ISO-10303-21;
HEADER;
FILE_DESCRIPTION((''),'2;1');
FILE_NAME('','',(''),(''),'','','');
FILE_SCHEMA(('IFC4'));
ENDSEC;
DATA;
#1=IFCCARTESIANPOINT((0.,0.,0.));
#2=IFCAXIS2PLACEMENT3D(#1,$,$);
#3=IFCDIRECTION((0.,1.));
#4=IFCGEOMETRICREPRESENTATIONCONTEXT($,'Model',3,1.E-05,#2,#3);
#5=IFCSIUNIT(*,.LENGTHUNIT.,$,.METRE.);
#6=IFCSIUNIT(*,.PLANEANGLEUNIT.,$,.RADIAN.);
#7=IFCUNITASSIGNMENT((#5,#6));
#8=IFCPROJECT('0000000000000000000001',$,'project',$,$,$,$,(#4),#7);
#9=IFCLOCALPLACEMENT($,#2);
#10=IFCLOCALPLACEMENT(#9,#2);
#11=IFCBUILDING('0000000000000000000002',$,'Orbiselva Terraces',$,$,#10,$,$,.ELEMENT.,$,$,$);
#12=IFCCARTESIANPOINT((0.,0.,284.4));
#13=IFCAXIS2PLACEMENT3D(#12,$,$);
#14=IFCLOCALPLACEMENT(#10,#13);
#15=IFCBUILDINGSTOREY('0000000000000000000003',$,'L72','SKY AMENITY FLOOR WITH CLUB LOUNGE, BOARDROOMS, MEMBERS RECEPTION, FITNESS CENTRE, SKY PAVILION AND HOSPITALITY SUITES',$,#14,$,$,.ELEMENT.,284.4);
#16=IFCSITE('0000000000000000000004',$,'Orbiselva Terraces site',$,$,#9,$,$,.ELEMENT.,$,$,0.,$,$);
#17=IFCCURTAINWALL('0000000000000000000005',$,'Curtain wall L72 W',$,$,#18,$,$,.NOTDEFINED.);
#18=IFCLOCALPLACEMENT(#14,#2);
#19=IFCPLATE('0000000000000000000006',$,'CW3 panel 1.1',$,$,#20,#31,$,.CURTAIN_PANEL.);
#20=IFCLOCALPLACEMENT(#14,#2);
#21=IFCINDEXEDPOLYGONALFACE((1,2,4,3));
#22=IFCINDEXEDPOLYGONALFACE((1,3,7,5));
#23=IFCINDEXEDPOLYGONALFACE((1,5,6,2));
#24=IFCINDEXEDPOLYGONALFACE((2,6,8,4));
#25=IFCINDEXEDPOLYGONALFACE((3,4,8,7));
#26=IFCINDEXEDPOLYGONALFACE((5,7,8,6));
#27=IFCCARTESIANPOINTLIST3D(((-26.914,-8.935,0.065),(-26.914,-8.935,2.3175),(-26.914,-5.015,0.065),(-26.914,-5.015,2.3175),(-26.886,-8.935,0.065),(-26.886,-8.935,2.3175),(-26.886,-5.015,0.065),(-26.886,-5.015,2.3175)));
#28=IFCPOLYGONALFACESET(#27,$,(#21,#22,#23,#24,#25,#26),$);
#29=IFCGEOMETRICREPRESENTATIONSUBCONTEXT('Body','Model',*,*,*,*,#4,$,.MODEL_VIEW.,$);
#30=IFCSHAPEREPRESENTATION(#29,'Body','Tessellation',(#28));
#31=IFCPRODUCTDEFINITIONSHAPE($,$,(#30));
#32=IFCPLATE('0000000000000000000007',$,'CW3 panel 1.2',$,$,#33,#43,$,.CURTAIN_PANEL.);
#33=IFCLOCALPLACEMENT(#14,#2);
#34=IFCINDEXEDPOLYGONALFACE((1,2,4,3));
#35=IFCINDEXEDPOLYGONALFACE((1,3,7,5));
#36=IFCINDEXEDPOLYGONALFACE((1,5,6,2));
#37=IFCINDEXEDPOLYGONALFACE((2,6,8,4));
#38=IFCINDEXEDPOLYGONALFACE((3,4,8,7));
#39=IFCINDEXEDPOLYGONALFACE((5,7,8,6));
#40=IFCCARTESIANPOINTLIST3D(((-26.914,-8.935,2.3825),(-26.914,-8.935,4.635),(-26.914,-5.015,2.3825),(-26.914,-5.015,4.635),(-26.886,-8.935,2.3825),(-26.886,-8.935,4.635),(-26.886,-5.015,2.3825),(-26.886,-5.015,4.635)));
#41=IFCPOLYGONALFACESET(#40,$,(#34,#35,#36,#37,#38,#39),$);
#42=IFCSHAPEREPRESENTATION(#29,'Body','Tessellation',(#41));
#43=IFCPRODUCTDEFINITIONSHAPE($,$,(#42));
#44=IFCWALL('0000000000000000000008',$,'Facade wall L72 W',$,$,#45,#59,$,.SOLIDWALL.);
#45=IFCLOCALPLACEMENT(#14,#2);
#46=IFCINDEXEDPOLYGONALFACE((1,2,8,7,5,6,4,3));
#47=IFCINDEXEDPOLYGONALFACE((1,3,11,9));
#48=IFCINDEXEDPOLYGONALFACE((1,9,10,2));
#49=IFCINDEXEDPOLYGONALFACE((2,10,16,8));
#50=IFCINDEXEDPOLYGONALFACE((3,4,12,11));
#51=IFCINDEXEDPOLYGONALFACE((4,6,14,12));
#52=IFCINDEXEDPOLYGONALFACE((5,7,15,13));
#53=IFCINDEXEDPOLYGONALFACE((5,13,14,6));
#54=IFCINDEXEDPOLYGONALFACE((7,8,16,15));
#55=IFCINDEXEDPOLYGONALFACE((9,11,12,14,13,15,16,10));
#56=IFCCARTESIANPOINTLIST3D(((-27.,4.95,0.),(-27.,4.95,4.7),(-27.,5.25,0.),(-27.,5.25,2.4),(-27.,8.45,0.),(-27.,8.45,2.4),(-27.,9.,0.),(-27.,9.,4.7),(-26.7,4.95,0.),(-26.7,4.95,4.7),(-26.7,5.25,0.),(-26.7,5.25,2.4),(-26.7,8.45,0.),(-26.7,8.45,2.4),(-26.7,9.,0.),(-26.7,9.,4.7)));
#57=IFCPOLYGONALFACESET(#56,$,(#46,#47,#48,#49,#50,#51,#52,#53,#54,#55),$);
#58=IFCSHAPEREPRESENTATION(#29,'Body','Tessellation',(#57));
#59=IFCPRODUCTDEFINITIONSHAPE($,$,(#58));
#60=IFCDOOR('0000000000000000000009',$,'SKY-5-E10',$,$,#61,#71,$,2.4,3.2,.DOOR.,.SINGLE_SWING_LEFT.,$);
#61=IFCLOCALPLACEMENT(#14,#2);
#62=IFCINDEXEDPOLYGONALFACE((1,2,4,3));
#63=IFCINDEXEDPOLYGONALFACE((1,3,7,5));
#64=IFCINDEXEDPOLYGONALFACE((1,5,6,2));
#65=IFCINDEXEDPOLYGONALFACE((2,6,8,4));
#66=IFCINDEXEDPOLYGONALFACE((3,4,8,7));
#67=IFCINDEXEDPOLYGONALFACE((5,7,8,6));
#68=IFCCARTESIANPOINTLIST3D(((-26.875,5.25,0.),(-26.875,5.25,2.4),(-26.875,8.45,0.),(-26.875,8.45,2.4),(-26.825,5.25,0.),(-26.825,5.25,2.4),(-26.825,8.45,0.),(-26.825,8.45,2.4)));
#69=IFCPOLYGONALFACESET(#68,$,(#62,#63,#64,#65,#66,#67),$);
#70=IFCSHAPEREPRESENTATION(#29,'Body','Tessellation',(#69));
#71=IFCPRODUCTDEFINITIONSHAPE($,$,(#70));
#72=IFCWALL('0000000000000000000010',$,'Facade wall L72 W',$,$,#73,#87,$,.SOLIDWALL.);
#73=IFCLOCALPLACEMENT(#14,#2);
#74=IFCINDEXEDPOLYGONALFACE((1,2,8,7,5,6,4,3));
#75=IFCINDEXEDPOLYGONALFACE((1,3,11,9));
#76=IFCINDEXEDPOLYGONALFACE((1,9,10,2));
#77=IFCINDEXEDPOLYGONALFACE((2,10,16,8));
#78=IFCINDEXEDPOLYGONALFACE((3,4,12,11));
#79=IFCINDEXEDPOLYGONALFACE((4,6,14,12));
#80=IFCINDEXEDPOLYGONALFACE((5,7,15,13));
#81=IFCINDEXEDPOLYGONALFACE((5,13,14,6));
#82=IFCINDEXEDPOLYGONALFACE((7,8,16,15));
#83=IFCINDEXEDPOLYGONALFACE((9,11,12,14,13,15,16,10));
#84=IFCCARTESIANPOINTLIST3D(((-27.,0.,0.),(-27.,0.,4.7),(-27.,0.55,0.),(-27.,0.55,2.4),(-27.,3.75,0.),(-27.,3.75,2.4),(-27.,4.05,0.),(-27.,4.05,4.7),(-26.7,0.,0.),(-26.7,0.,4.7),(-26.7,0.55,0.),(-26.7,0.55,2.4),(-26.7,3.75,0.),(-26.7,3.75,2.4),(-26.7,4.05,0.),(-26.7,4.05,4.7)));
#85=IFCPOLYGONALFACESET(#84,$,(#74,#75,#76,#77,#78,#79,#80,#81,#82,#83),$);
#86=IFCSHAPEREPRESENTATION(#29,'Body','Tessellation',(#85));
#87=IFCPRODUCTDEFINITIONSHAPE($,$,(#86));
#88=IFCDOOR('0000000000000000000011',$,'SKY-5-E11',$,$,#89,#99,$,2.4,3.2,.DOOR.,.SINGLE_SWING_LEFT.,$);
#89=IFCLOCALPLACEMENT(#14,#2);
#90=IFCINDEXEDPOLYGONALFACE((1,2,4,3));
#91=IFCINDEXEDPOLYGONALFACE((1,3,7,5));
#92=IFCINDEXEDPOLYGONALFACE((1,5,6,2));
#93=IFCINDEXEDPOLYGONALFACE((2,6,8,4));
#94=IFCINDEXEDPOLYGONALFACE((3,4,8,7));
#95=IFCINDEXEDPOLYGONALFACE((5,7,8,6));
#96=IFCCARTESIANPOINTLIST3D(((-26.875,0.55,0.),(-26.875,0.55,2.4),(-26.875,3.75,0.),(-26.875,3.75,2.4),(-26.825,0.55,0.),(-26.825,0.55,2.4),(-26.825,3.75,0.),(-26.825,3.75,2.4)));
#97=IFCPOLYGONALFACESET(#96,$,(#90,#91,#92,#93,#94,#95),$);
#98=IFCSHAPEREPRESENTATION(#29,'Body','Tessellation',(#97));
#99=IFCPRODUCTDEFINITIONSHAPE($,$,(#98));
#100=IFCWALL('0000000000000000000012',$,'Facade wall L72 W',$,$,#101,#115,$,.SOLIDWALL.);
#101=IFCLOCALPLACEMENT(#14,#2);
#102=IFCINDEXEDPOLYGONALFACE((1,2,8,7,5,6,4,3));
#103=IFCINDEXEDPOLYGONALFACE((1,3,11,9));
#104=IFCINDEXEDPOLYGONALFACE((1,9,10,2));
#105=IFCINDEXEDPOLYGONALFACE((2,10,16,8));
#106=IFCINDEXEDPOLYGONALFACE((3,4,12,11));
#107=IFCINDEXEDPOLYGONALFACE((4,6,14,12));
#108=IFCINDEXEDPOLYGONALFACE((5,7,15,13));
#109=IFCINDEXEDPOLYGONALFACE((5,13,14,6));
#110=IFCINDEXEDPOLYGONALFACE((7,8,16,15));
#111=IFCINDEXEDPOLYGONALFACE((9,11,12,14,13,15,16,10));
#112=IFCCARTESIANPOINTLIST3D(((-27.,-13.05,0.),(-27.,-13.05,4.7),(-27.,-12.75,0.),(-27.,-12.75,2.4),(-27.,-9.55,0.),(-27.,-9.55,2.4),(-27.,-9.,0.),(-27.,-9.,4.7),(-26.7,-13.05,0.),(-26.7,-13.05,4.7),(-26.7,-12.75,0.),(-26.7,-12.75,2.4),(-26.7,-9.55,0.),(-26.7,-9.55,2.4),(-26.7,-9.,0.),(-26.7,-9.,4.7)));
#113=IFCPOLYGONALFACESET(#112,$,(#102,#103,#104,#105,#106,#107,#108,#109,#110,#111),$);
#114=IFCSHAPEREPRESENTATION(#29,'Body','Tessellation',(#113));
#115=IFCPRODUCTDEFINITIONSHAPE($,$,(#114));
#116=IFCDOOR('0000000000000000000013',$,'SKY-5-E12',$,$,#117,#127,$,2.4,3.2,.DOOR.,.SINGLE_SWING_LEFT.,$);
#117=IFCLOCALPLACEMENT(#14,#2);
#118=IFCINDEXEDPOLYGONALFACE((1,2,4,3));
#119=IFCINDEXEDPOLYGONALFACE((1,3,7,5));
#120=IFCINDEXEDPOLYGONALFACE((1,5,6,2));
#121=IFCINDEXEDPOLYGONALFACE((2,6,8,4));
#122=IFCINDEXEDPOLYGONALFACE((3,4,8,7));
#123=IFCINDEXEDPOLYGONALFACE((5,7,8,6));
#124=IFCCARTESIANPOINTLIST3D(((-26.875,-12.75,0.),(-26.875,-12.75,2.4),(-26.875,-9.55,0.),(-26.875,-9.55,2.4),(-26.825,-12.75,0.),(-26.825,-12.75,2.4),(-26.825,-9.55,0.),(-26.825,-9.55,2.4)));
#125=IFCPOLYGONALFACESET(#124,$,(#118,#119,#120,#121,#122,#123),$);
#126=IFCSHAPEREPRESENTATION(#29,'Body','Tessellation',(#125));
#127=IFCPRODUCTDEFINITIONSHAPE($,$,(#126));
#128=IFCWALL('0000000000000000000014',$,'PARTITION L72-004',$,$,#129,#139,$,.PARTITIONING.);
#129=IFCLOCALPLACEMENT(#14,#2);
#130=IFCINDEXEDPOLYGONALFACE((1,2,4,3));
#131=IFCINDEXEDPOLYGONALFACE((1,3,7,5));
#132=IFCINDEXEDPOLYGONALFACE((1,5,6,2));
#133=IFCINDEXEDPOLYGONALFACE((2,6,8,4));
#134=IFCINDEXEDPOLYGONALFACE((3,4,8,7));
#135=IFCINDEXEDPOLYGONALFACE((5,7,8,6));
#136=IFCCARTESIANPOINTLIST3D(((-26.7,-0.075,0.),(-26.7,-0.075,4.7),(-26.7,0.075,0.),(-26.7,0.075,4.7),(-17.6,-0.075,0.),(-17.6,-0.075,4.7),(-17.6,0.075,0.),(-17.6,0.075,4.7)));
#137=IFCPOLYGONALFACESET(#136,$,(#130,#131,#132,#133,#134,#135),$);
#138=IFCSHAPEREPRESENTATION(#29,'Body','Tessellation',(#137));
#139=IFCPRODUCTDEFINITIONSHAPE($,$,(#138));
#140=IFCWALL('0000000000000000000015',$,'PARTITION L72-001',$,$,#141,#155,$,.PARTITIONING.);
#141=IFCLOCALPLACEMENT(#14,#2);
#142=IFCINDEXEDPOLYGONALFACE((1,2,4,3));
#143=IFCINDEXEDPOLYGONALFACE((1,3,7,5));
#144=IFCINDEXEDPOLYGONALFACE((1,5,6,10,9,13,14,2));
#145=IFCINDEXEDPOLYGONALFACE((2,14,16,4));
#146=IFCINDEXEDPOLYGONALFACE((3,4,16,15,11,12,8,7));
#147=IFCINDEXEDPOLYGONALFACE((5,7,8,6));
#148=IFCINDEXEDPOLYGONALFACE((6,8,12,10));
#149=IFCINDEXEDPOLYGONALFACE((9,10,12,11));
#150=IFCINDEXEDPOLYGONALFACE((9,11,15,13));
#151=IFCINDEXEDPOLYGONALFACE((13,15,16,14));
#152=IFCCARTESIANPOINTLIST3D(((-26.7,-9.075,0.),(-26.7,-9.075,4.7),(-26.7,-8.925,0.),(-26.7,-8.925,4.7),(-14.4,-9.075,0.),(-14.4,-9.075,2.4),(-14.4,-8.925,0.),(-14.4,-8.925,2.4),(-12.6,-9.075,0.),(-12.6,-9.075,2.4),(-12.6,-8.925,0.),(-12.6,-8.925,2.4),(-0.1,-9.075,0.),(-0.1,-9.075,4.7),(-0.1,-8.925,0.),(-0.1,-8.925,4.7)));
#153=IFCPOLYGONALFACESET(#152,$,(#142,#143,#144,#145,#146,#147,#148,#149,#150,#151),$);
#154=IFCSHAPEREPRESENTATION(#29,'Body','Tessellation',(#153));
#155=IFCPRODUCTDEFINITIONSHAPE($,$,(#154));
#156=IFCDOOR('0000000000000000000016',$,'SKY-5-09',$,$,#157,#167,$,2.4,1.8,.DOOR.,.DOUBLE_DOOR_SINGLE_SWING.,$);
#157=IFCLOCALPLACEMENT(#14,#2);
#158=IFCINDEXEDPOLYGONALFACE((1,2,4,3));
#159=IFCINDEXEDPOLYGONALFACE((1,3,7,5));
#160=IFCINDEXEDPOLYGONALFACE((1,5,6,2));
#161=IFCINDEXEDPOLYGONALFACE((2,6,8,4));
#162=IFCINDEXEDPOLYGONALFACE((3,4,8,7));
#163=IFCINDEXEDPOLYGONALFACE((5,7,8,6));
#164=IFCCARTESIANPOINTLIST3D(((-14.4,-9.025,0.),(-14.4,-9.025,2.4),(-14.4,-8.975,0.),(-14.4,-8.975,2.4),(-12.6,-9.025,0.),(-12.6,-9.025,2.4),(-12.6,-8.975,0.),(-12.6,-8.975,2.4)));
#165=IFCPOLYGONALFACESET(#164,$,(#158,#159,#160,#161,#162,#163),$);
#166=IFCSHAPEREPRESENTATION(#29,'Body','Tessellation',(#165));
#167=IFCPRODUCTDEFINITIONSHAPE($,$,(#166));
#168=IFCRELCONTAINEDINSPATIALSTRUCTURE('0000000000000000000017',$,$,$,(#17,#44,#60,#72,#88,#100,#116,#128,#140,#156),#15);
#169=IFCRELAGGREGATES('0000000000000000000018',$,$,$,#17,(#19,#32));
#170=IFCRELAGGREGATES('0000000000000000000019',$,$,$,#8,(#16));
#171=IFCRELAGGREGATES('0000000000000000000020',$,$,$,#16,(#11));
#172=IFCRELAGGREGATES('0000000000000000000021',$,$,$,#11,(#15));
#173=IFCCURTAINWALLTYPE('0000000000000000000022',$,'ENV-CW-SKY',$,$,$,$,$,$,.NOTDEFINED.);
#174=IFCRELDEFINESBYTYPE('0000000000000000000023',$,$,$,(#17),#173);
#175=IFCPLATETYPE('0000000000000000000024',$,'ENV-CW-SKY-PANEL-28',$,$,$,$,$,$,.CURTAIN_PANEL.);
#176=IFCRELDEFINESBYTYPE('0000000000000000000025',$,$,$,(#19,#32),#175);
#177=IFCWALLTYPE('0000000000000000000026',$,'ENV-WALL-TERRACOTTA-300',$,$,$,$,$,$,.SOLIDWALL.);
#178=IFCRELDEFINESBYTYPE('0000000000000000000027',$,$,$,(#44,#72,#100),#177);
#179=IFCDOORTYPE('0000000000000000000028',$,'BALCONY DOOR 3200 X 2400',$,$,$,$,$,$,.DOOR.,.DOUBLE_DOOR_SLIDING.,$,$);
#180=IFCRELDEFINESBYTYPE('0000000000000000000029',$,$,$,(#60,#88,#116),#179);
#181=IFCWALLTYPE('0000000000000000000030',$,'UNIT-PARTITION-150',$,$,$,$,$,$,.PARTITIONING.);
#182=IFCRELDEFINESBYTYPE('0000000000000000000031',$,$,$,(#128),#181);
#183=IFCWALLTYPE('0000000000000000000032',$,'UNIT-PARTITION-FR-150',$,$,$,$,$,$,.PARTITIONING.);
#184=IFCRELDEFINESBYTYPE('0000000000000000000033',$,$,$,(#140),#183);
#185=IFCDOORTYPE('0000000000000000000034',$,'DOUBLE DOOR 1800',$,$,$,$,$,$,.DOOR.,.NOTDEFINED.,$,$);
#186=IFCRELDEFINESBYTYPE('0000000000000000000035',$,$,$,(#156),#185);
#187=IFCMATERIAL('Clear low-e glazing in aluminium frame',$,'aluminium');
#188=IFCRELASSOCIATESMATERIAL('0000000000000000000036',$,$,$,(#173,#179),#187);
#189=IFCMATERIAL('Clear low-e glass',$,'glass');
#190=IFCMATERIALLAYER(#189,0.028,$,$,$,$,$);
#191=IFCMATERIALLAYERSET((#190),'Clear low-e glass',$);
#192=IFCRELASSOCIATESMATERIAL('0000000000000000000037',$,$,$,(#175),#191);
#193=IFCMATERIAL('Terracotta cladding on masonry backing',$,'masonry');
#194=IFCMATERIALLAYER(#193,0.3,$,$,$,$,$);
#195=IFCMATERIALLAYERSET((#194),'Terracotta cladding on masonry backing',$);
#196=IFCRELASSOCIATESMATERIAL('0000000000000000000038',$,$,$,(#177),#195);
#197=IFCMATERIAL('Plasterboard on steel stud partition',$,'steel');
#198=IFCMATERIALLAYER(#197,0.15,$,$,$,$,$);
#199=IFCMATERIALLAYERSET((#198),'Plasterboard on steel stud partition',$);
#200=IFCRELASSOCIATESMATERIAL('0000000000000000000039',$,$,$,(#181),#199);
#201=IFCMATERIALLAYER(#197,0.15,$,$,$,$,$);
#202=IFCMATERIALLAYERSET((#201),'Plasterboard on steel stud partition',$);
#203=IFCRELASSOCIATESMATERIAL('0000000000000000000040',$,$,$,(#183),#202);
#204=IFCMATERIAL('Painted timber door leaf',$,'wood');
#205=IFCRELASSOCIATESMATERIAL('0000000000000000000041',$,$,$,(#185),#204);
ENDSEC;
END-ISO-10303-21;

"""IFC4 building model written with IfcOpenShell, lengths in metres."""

from ifc_helpers import new_model, si_unit, direction, frame, frame_2d, origin, origin_2d, place, context, subcontext, project, spatial, rectangle, extrude, material, layer, layer_set, type_object, element, fill, aggregate, save


model = new_model("IFC4")

# Units and contexts
model_context = context("Model", 3, precision=1e-05, world=origin(), true_north=direction((0.0, 1.0)))
body_context = subcontext(model_context, "Body", "Model", "MODEL_VIEW")
ifc_project = project(units=[si_unit("LENGTHUNIT", "METRE"), si_unit("PLANEANGLEUNIT", "RADIAN")], contexts=[model_context])

# Site, building, storey
site_placement = place(None, origin())
site = spatial("IfcSite", under=ifc_project, at=site_placement, Name="Orbiselva Terraces site", CompositionType="ELEMENT", RefElevation=0.0)
building_placement = place(site_placement, origin())
building = spatial("IfcBuilding", under=site, at=building_placement, Name="Orbiselva Terraces", CompositionType="ELEMENT")
storey_placement = place(building_placement, frame((0.0, 0.0, 284.4)))
storey = spatial("IfcBuildingStorey", under=building, at=storey_placement, Name="L72", Description="SKY AMENITY FLOOR WITH CLUB LOUNGE, BOARDROOMS, MEMBERS RECEPTION, FITNESS CENTRE, SKY PAVILION AND HOSPITALITY SUITES", CompositionType="ELEMENT", Elevation=284.4)

# Curtain wall
ifc_material_1 = material(Name="Clear low-e glazing in aluminium frame", Category="aluminium")
curtain_wall_type = type_object("IfcCurtainWallType", Name="ENV-CW-SKY", PredefinedType="NOTDEFINED", material=ifc_material_1)
curtain_wall_1_placement = place(storey_placement, origin())
curtain_wall_1 = element("IfcCurtainWall", 1, at=curtain_wall_1_placement, inside=storey, type_object=curtain_wall_type, Name="Curtain wall L72 W", PredefinedType="NOTDEFINED")

# Plates
ifc_material_2 = material(Name="Clear low-e glass", Category="glass")
ifc_layer_1 = layer(ifc_material_2, 0.028)
ifc_layer_set_1 = layer_set([ifc_layer_1], Name="Clear low-e glass")
plate_type = type_object("IfcPlateType", Name="ENV-CW-SKY-PANEL-28", PredefinedType="CURTAIN_PANEL", material=ifc_layer_set_1)
plate_1_placement = place(storey_placement, frame((-26.9, -6.975, 0.065), z_axis=(0.0, 0.0, 1.0), x_axis=(0.0, -1.0, 0.0)))
plate_1 = element("IfcPlate", 2, at=plate_1_placement, type_object=plate_type, Name="CW3 panel 1.1", PredefinedType="CURTAIN_PANEL", context=body_context, shape_type="SweptSolid", body=[
    extrude(rectangle(XDim=3.92, YDim=0.028, at=origin_2d()), origin(), (0.0, 0.0, 1.0), 2.2525),
])
plate_2_placement = place(storey_placement, frame((-26.9, -6.975, 2.3825), z_axis=(0.0, 0.0, 1.0), x_axis=(0.0, -1.0, 0.0)))
plate_2 = element("IfcPlate", 3, at=plate_2_placement, type_object=plate_type, Name="CW3 panel 1.2", PredefinedType="CURTAIN_PANEL", context=body_context, shape_type="SweptSolid", body=[
    extrude(rectangle(XDim=3.92, YDim=0.028, at=origin_2d()), origin(), (0.0, 0.0, 1.0), 2.2525),
])
aggregate(curtain_wall_1, [plate_1, plate_2])

# Walls, openings, doors
ifc_material_3 = material(Name="Terracotta cladding on masonry backing", Category="masonry")
ifc_layer_2 = layer(ifc_material_3, 0.3)
ifc_layer_set_2 = layer_set([ifc_layer_2], Name="Terracotta cladding on masonry backing")
wall_type_1 = type_object("IfcWallType", Name="ENV-WALL-TERRACOTTA-300", PredefinedType="SOLIDWALL", material=ifc_layer_set_2)
wall_1_placement = place(storey_placement, frame((-26.85, 4.95, 0.0), z_axis=(0.0, 0.0, 1.0), x_axis=(0.0, 1.0, 0.0)))
wall_1 = element("IfcWall", 4, at=wall_1_placement, inside=storey, type_object=wall_type_1, Name="Facade wall L72 W", PredefinedType="SOLIDWALL", context=body_context, shape_type="SweptSolid", body=[
    extrude(rectangle(XDim=4.05, YDim=0.3, at=frame_2d((2.025, 0.0))), origin(), (0.0, 0.0, 1.0), 4.7),
])
opening_1_placement = place(wall_1_placement, frame((0.3, 0.0, 0.0)))
opening_1 = element("IfcOpeningElement", 5, at=opening_1_placement, cuts=wall_1, PredefinedType="OPENING", context=body_context, shape_type="SweptSolid", body=[
    extrude(rectangle(XDim=3.2, YDim=2.4, at=frame_2d((1.6, 1.2))), frame((0.0, 0.16, 0.0), z_axis=(0.0, -1.0, 0.0), x_axis=(1.0, 0.0, 0.0)), (0.0, 0.0, 1.0), 0.32),
])
door_type_1 = type_object("IfcDoorType", Name="BALCONY DOOR 3200 X 2400", OperationType="DOUBLE_DOOR_SLIDING", PredefinedType="DOOR", material=ifc_material_1)
door_1_placement = place(opening_1_placement, origin())
door_1 = element("IfcDoor", 6, at=door_1_placement, inside=storey, type_object=door_type_1, Name="SKY-5-E10", OperationType="SINGLE_SWING_LEFT", OverallHeight=2.4, OverallWidth=3.2, PredefinedType="DOOR", context=body_context, shape_type="SweptSolid", body=[
    extrude(rectangle(XDim=3.2, YDim=2.4, at=frame_2d((1.6, 1.2))), frame((0.0, 0.025, 0.0), z_axis=(0.0, -1.0, 0.0), x_axis=(1.0, 0.0, 0.0)), (0.0, 0.0, 1.0), 0.05),
])
fill(opening_1, door_1)
wall_2_placement = place(storey_placement, frame((-26.85, 0.0, 0.0), z_axis=(0.0, 0.0, 1.0), x_axis=(0.0, 1.0, 0.0)))
wall_2 = element("IfcWall", 7, at=wall_2_placement, inside=storey, type_object=wall_type_1, Name="Facade wall L72 W", PredefinedType="SOLIDWALL", context=body_context, shape_type="SweptSolid", body=[
    extrude(rectangle(XDim=4.05, YDim=0.3, at=frame_2d((2.025, 0.0))), origin(), (0.0, 0.0, 1.0), 4.7),
])
opening_2_placement = place(wall_2_placement, frame((0.55, 0.0, 0.0)))
opening_2 = element("IfcOpeningElement", 8, at=opening_2_placement, cuts=wall_2, PredefinedType="OPENING", context=body_context, shape_type="SweptSolid", body=[
    extrude(rectangle(XDim=3.2, YDim=2.4, at=frame_2d((1.6, 1.2))), frame((0.0, 0.16, 0.0), z_axis=(0.0, -1.0, 0.0), x_axis=(1.0, 0.0, 0.0)), (0.0, 0.0, 1.0), 0.32),
])
door_2_placement = place(opening_2_placement, origin())
door_2 = element("IfcDoor", 9, at=door_2_placement, inside=storey, type_object=door_type_1, Name="SKY-5-E11", OperationType="SINGLE_SWING_LEFT", OverallHeight=2.4, OverallWidth=3.2, PredefinedType="DOOR", context=body_context, shape_type="SweptSolid", body=[
    extrude(rectangle(XDim=3.2, YDim=2.4, at=frame_2d((1.6, 1.2))), frame((0.0, 0.025, 0.0), z_axis=(0.0, -1.0, 0.0), x_axis=(1.0, 0.0, 0.0)), (0.0, 0.0, 1.0), 0.05),
])
fill(opening_2, door_2)
wall_3_placement = place(storey_placement, frame((-26.85, -13.05, 0.0), z_axis=(0.0, 0.0, 1.0), x_axis=(0.0, 1.0, 0.0)))
wall_3 = element("IfcWall", 10, at=wall_3_placement, inside=storey, type_object=wall_type_1, Name="Facade wall L72 W", PredefinedType="SOLIDWALL", context=body_context, shape_type="SweptSolid", body=[
    extrude(rectangle(XDim=4.05, YDim=0.3, at=frame_2d((2.025, 0.0))), origin(), (0.0, 0.0, 1.0), 4.7),
])
opening_3_placement = place(wall_3_placement, frame((0.3, 0.0, 0.0)))
opening_3 = element("IfcOpeningElement", 11, at=opening_3_placement, cuts=wall_3, PredefinedType="OPENING", context=body_context, shape_type="SweptSolid", body=[
    extrude(rectangle(XDim=3.2, YDim=2.4, at=frame_2d((1.6, 1.2))), frame((0.0, 0.16, 0.0), z_axis=(0.0, -1.0, 0.0), x_axis=(1.0, 0.0, 0.0)), (0.0, 0.0, 1.0), 0.32),
])
door_3_placement = place(opening_3_placement, origin())
door_3 = element("IfcDoor", 12, at=door_3_placement, inside=storey, type_object=door_type_1, Name="SKY-5-E12", OperationType="SINGLE_SWING_LEFT", OverallHeight=2.4, OverallWidth=3.2, PredefinedType="DOOR", context=body_context, shape_type="SweptSolid", body=[
    extrude(rectangle(XDim=3.2, YDim=2.4, at=frame_2d((1.6, 1.2))), frame((0.0, 0.025, 0.0), z_axis=(0.0, -1.0, 0.0), x_axis=(1.0, 0.0, 0.0)), (0.0, 0.0, 1.0), 0.05),
])
fill(opening_3, door_3)

# Wall
ifc_material_4 = material(Name="Plasterboard on steel stud partition", Category="steel")
ifc_layer_3 = layer(ifc_material_4, 0.15)
ifc_layer_set_3 = layer_set([ifc_layer_3], Name="Plasterboard on steel stud partition")
wall_type_2 = type_object("IfcWallType", Name="UNIT-PARTITION-150", PredefinedType="PARTITIONING", material=ifc_layer_set_3)
wall_4_placement = place(storey_placement, frame((-26.7, 0.0, 0.0), z_axis=(0.0, 0.0, 1.0), x_axis=(1.0, 0.0, 0.0)))
element("IfcWall", 13, at=wall_4_placement, inside=storey, type_object=wall_type_2, Name="PARTITION L72-004", PredefinedType="PARTITIONING", context=body_context, shape_type="SweptSolid", body=[
    extrude(rectangle(XDim=9.1, YDim=0.15, at=frame_2d((4.55, 0.0))), origin(), (0.0, 0.0, 1.0), 4.7),
])

# Wall, opening, door
ifc_layer_4 = layer(ifc_material_4, 0.15)
ifc_layer_set_4 = layer_set([ifc_layer_4], Name="Plasterboard on steel stud partition")
wall_type_3 = type_object("IfcWallType", Name="UNIT-PARTITION-FR-150", PredefinedType="PARTITIONING", material=ifc_layer_set_4)
wall_5_placement = place(storey_placement, frame((-26.7, -9.0, 0.0), z_axis=(0.0, 0.0, 1.0), x_axis=(1.0, 0.0, 0.0)))
wall_5 = element("IfcWall", 14, at=wall_5_placement, inside=storey, type_object=wall_type_3, Name="PARTITION L72-001", PredefinedType="PARTITIONING", context=body_context, shape_type="SweptSolid", body=[
    extrude(rectangle(XDim=26.6, YDim=0.15, at=frame_2d((13.3, 0.0))), origin(), (0.0, 0.0, 1.0), 4.7),
])
opening_4_placement = place(wall_5_placement, frame((12.3, 0.0, 0.0)))
opening_4 = element("IfcOpeningElement", 15, at=opening_4_placement, cuts=wall_5, PredefinedType="OPENING", context=body_context, shape_type="SweptSolid", body=[
    extrude(rectangle(XDim=1.8, YDim=2.4, at=frame_2d((0.9, 1.2))), frame((0.0, 0.085, 0.0), z_axis=(0.0, -1.0, 0.0), x_axis=(1.0, 0.0, 0.0)), (0.0, 0.0, 1.0), 0.17),
])
ifc_material_5 = material(Name="Painted timber door leaf", Category="wood")
door_type_2 = type_object("IfcDoorType", Name="DOUBLE DOOR 1800", OperationType="NOTDEFINED", PredefinedType="DOOR", material=ifc_material_5)
door_4_placement = place(opening_4_placement, origin())
door_4 = element("IfcDoor", 16, at=door_4_placement, inside=storey, type_object=door_type_2, Name="SKY-5-09", OperationType="DOUBLE_DOOR_SINGLE_SWING", OverallHeight=2.4, OverallWidth=1.8, PredefinedType="DOOR", context=body_context, shape_type="SweptSolid", body=[
    extrude(rectangle(XDim=1.8, YDim=2.4, at=frame_2d((0.9, 1.2))), frame((0.0, 0.025, 0.0), z_axis=(0.0, -1.0, 0.0), x_axis=(1.0, 0.0, 0.0)), (0.0, 0.0, 1.0), 0.05),
])
fill(opening_4, door_4)

save(model, "model.ifc")
